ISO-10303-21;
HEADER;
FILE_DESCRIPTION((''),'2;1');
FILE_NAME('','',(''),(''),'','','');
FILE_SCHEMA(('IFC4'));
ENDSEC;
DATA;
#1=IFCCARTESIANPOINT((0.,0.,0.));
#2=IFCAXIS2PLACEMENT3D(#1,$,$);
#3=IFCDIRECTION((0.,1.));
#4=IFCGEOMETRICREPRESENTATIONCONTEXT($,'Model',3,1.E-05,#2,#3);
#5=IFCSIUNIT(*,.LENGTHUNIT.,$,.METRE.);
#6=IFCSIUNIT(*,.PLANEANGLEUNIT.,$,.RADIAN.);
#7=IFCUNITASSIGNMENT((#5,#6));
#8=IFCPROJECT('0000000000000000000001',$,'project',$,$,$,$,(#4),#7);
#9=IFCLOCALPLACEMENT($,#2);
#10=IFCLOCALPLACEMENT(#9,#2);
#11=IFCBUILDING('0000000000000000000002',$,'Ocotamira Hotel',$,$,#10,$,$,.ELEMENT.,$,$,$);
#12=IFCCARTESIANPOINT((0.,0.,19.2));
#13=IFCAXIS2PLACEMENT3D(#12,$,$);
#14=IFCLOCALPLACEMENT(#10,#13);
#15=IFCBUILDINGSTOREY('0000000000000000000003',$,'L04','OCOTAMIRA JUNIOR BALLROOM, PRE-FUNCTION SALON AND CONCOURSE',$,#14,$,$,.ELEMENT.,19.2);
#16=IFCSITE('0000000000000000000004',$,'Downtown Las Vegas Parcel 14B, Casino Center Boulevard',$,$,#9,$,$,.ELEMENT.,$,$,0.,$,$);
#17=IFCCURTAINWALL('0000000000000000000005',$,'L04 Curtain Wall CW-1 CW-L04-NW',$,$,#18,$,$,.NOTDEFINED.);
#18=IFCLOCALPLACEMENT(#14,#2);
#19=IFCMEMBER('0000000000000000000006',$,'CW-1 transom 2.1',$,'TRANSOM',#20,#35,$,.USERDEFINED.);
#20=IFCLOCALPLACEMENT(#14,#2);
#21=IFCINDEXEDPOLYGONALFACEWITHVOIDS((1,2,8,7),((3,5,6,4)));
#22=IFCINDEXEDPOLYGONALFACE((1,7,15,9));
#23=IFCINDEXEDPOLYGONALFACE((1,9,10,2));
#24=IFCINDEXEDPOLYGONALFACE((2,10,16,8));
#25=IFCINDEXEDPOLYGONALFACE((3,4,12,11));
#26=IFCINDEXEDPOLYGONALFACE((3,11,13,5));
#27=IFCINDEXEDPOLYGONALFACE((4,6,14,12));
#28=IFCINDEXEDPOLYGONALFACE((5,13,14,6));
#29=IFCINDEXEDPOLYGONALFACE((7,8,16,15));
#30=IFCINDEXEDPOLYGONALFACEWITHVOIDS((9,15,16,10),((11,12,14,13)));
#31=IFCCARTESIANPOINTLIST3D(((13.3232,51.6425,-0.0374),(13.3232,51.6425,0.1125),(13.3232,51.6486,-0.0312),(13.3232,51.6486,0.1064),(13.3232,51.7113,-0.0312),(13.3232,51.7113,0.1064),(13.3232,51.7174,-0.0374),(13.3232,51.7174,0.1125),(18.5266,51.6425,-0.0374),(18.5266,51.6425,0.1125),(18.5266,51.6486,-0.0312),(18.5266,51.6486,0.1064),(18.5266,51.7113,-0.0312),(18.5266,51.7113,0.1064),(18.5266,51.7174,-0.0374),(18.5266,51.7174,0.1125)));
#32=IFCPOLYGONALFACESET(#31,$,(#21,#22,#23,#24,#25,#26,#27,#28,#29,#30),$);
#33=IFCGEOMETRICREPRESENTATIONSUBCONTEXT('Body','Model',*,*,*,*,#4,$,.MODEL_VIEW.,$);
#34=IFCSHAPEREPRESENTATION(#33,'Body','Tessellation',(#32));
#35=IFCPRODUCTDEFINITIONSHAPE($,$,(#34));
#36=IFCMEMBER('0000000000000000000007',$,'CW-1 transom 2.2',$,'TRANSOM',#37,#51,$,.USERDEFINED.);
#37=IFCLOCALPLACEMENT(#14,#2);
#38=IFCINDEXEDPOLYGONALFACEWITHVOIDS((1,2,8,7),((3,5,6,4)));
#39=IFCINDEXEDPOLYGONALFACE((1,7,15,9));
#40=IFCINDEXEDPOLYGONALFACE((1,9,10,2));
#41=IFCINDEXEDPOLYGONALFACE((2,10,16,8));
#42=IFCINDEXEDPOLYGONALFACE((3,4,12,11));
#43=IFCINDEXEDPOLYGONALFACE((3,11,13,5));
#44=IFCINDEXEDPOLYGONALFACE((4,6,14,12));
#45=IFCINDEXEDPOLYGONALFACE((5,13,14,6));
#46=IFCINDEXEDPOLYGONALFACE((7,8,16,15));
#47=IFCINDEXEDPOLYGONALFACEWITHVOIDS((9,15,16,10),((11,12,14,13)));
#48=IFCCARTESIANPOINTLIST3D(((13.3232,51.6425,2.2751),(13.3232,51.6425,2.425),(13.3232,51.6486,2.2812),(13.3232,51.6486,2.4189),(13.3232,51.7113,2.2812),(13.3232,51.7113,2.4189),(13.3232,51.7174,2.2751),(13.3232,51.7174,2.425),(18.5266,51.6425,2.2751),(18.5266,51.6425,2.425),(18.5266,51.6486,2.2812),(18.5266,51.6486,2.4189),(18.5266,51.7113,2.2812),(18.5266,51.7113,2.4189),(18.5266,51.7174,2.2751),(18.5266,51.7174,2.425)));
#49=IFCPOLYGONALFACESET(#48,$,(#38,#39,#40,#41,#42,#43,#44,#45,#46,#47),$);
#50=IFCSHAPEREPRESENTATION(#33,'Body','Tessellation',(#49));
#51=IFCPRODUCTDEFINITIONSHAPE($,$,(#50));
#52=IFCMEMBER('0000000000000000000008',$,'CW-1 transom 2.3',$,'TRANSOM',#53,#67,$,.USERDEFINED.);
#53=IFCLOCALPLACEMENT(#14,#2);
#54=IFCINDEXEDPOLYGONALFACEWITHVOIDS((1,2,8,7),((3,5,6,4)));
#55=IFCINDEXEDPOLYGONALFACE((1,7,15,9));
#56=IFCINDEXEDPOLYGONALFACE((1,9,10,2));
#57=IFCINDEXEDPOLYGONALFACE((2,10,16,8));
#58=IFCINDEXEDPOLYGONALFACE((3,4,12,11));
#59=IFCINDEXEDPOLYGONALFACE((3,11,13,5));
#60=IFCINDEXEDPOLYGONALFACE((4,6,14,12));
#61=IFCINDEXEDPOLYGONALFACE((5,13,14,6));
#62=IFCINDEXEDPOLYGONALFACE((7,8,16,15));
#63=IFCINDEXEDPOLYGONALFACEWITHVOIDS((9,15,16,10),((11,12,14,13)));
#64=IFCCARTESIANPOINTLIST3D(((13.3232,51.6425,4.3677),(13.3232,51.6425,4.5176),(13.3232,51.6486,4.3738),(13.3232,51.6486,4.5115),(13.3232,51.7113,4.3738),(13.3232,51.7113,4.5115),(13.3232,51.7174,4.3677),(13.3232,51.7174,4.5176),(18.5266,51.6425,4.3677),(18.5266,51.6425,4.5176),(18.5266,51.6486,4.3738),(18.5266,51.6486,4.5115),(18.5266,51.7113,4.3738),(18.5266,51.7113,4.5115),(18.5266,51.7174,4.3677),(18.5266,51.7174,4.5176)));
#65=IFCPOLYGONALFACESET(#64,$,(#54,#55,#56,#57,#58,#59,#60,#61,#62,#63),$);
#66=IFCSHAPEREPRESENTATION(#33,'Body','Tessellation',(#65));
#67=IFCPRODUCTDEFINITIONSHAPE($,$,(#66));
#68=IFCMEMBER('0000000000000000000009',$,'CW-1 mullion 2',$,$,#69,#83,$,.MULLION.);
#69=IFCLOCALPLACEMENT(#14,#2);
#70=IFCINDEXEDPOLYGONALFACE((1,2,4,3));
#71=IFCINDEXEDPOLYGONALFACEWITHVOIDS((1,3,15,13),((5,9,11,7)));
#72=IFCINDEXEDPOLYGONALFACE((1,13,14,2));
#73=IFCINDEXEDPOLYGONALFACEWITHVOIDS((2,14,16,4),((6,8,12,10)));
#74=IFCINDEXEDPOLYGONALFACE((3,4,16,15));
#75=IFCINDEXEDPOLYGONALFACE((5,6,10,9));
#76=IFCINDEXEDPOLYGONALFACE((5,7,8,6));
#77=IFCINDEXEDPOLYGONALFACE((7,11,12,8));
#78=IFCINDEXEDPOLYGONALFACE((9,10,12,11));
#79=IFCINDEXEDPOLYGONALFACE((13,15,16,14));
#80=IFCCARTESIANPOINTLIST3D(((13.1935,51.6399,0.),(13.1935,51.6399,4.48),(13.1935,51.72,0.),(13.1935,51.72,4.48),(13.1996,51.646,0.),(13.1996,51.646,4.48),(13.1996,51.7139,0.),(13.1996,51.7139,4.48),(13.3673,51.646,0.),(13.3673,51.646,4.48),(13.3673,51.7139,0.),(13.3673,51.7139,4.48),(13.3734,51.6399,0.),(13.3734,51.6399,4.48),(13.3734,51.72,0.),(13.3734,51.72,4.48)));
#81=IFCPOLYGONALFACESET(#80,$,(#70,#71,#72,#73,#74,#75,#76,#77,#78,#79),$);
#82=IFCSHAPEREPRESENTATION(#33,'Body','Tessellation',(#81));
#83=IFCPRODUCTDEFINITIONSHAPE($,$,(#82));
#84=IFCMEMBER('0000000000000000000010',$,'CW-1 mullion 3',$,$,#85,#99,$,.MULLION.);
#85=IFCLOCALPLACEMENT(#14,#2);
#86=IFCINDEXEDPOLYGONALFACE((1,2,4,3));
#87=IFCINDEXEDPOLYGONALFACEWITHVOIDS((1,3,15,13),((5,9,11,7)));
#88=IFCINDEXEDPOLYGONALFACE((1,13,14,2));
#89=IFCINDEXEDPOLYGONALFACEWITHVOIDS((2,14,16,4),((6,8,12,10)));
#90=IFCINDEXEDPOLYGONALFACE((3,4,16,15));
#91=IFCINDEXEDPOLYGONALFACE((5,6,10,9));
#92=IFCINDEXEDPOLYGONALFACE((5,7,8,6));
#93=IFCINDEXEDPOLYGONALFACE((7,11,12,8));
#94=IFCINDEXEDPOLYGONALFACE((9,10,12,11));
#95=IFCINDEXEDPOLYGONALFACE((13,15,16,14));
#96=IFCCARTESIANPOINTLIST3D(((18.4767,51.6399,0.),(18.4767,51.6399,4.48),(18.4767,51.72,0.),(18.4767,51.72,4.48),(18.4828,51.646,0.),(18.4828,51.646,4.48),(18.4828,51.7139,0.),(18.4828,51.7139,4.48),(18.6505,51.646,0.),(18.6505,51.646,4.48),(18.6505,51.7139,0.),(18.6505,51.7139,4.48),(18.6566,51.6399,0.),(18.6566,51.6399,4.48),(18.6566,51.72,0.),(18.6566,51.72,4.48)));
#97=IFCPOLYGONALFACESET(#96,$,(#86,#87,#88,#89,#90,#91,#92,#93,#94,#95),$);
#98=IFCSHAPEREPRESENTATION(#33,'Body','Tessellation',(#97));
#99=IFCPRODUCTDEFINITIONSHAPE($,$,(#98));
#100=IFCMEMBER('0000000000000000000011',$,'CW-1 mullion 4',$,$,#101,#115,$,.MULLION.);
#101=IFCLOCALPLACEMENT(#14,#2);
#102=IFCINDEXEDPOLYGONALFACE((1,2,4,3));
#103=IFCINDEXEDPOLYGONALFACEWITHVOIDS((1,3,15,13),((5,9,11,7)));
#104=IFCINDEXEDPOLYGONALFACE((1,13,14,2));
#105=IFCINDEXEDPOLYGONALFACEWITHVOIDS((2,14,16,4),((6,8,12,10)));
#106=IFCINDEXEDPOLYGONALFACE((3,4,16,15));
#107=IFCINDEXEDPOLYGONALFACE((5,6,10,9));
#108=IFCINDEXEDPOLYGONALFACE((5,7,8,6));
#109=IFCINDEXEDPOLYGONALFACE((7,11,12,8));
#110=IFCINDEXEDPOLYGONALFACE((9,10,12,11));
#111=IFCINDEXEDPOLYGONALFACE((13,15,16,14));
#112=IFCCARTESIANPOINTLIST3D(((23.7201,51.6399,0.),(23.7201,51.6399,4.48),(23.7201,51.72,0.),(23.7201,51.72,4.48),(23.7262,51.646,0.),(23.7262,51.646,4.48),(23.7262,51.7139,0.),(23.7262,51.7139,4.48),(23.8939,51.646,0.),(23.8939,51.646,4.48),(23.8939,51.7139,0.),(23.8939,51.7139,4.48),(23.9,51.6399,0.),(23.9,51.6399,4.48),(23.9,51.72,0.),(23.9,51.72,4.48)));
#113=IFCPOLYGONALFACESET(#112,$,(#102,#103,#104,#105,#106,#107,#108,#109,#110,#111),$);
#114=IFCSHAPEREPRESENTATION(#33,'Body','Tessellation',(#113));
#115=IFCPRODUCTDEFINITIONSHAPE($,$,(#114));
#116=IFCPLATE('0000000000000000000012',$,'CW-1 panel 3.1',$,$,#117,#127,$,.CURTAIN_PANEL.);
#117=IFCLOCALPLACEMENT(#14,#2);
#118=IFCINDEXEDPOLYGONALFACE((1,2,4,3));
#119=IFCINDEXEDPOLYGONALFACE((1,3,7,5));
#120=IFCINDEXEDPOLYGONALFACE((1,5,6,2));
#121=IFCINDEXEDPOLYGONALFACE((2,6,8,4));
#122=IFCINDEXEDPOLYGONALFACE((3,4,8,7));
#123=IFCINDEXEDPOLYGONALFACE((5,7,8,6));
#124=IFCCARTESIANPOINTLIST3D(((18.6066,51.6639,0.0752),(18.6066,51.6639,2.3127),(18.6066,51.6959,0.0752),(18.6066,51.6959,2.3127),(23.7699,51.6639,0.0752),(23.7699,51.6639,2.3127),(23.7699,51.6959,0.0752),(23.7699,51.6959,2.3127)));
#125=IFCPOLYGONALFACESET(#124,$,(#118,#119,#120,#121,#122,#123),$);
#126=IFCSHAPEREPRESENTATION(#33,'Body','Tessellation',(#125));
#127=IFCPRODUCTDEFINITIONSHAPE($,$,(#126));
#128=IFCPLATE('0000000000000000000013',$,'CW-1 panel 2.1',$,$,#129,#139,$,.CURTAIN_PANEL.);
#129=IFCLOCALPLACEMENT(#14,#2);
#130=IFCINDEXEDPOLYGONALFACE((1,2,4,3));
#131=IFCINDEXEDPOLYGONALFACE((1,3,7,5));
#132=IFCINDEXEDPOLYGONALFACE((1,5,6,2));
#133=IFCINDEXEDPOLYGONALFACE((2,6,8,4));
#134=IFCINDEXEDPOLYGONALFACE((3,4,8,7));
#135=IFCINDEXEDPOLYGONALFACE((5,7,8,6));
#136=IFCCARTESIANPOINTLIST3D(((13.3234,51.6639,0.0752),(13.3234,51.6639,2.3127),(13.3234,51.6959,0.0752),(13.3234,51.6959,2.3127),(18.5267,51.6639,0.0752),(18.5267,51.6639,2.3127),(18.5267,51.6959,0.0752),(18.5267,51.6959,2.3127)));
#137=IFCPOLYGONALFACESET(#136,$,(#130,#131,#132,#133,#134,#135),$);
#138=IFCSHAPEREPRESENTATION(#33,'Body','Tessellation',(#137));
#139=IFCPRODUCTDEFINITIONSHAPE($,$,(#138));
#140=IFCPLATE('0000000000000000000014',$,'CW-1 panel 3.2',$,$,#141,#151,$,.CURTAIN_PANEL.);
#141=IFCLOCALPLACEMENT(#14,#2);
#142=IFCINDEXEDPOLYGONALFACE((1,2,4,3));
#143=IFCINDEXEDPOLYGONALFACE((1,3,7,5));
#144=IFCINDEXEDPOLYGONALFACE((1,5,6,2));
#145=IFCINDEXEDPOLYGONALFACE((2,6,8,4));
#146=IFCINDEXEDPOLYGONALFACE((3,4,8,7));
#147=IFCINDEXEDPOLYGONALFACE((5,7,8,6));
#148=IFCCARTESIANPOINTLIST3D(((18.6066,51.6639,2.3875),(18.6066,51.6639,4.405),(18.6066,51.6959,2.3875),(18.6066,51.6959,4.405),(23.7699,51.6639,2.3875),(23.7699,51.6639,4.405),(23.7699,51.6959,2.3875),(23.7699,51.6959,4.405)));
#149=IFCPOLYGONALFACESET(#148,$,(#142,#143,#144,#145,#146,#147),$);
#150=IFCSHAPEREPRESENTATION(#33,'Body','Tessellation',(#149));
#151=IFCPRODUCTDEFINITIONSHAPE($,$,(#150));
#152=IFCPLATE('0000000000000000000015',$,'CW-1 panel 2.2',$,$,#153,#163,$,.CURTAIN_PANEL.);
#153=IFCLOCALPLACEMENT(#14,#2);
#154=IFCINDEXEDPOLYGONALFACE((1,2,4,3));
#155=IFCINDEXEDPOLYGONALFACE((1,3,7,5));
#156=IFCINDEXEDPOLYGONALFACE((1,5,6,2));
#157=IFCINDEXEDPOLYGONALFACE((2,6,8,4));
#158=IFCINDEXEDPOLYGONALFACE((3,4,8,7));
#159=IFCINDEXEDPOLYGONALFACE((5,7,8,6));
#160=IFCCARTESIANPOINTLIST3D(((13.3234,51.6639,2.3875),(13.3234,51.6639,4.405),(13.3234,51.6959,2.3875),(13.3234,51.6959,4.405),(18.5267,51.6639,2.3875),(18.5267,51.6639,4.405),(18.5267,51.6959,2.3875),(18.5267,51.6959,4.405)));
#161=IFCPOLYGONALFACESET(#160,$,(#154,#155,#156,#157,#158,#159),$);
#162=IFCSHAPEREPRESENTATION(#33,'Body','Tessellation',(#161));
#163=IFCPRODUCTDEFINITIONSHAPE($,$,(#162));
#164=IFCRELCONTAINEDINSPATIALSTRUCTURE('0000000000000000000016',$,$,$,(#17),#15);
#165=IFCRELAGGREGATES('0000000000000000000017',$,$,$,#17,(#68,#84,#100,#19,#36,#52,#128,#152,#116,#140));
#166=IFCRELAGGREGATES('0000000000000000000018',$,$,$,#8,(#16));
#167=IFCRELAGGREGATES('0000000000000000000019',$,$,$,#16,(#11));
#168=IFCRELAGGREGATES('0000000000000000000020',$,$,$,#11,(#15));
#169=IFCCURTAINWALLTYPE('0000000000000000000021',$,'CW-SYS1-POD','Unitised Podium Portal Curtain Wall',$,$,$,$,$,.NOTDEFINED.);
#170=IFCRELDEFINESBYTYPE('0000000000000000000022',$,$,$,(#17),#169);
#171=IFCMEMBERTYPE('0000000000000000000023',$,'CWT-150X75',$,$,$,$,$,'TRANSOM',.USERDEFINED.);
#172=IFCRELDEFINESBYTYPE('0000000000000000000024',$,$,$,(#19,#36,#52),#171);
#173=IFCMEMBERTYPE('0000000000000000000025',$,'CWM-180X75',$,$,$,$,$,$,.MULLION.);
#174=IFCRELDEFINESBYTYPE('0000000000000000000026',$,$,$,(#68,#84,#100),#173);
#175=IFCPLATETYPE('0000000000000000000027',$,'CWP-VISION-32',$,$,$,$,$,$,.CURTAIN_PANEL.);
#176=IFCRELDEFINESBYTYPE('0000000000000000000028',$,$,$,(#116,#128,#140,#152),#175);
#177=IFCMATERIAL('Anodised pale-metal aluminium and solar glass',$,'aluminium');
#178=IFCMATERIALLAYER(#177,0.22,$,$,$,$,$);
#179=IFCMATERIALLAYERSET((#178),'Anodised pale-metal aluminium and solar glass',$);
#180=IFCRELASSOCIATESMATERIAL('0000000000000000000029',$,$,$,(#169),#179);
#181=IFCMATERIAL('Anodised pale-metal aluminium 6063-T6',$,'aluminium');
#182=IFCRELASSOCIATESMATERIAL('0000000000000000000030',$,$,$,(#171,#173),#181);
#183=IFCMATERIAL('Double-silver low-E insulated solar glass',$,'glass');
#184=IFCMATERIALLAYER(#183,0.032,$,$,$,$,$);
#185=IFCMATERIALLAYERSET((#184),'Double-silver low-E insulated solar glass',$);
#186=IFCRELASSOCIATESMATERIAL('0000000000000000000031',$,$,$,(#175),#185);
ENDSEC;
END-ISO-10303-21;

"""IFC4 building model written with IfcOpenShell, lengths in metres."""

from ifc_helpers import new_model, si_unit, direction, frame, origin, origin_2d, place, context, subcontext, project, spatial, rectangle, hollow_rectangle, extrude, source, transform, mapped, material, layer, layer_set, material_profile, profile_set, type_object, element, aggregate, save


model = new_model("IFC4")

# Units and contexts
model_context = context("Model", 3, precision=1e-05, world=origin(), true_north=direction((0.0, 1.0)))
body_context = subcontext(model_context, "Body", "Model", "MODEL_VIEW")
ifc_project = project(units=[si_unit("LENGTHUNIT", "METRE"), si_unit("PLANEANGLEUNIT", "RADIAN")], contexts=[model_context])

# Site, building, storey
site_placement = place(None, origin())
site = spatial("IfcSite", under=ifc_project, at=site_placement, Name="Downtown Las Vegas Parcel 14B, Casino Center Boulevard", CompositionType="ELEMENT", RefElevation=0.0)
building_placement = place(site_placement, origin())
building = spatial("IfcBuilding", under=site, at=building_placement, Name="Ocotamira Hotel", CompositionType="ELEMENT")
storey_placement = place(building_placement, frame((0.0, 0.0, 19.2)))
storey = spatial("IfcBuildingStorey", under=building, at=storey_placement, Name="L04", Description="OCOTAMIRA JUNIOR BALLROOM, PRE-FUNCTION SALON AND CONCOURSE", CompositionType="ELEMENT", Elevation=19.2)

# Curtain wall, members, plates
ifc_material_1 = material(Name="Anodised pale-metal aluminium and solar glass", Category="aluminium")
ifc_layer_1 = layer(ifc_material_1, 0.22)
ifc_layer_set_1 = layer_set([ifc_layer_1], Name="Anodised pale-metal aluminium and solar glass")
curtain_wall_type = type_object("IfcCurtainWallType", Name="CW-SYS1-POD", Description="Unitised Podium Portal Curtain Wall", PredefinedType="NOTDEFINED", material=ifc_layer_set_1)
curtain_wall_placement = place(storey_placement, origin())
curtain_wall = element("IfcCurtainWall", 1, at=curtain_wall_placement, inside=storey, type_object=curtain_wall_type, Name="L04 Curtain Wall CW-1 CW-L04-NW", PredefinedType="NOTDEFINED")
ifc_material_2 = material(Name="Anodised pale-metal aluminium 6063-T6", Category="aluminium")
ifc_material_profile_1 = material_profile(ifc_material_2, hollow_rectangle(XDim=0.075, YDim=0.1499, WallThickness=0.0061, at=origin_2d()), Name="HSS150X75X6")
ifc_profile_set_1 = profile_set([ifc_material_profile_1], Name="Anodised pale-metal aluminium 6063-T6")
member_type_1 = type_object("IfcMemberType", Name="CWT-150X75", ElementType="TRANSOM", PredefinedType="USERDEFINED", material=ifc_profile_set_1)
shared_shape_1 = source(origin(), body_context, "Body", "SweptSolid", [
    extrude(hollow_rectangle(XDim=0.075, YDim=0.1499, WallThickness=0.0061, at=origin_2d()), origin(), (0.0, 0.0, 1.0), 5.2034),
])
member_1_placement = place(storey_placement, frame((13.3232, 51.6799, 0.0376), z_axis=(1.0, 0.0, 0.0), x_axis=(0.0, 1.0, 0.0)))
member_1 = element("IfcMember", 2, at=member_1_placement, type_object=member_type_1, Name="CW-1 transom 2.1", ObjectType="TRANSOM", PredefinedType="USERDEFINED", context=body_context, shape_type="MappedRepresentation", body=[
    mapped(shared_shape_1, transform((0.0, 0.0, 0.0), scale=1.0)),
])
member_2_placement = place(storey_placement, frame((13.3232, 51.6799, 2.3501), z_axis=(1.0, 0.0, 0.0), x_axis=(0.0, 1.0, 0.0)))
member_2 = element("IfcMember", 3, at=member_2_placement, type_object=member_type_1, Name="CW-1 transom 2.2", ObjectType="TRANSOM", PredefinedType="USERDEFINED", context=body_context, shape_type="MappedRepresentation", body=[
    mapped(shared_shape_1, transform((0.0, 0.0, 0.0), scale=1.0)),
])
member_3_placement = place(storey_placement, frame((13.3232, 51.6799, 4.4426), z_axis=(1.0, 0.0, 0.0), x_axis=(0.0, 1.0, 0.0)))
member_3 = element("IfcMember", 4, at=member_3_placement, type_object=member_type_1, Name="CW-1 transom 2.3", ObjectType="TRANSOM", PredefinedType="USERDEFINED", context=body_context, shape_type="MappedRepresentation", body=[
    mapped(shared_shape_1, transform((0.0, 0.0, 0.0), scale=1.0)),
])
ifc_material_profile_2 = material_profile(ifc_material_2, hollow_rectangle(XDim=0.0801, YDim=0.1799, WallThickness=0.0061, at=origin_2d()), Name="HSS180X80X6")
ifc_profile_set_2 = profile_set([ifc_material_profile_2], Name="Anodised pale-metal aluminium 6063-T6")
member_type_2 = type_object("IfcMemberType", Name="CWM-180X75", PredefinedType="MULLION", material=ifc_profile_set_2)
shared_shape_2 = source(origin(), body_context, "Body", "SweptSolid", [
    extrude(hollow_rectangle(XDim=0.0801, YDim=0.1799, WallThickness=0.0061, at=origin_2d()), origin(), (0.0, 0.0, 1.0), 4.48),
])
member_4_placement = place(storey_placement, frame((13.2834, 51.6799, 0.0), z_axis=(0.0, 0.0, 1.0), x_axis=(0.0, 1.0, 0.0)))
member_4 = element("IfcMember", 5, at=member_4_placement, type_object=member_type_2, Name="CW-1 mullion 2", PredefinedType="MULLION", context=body_context, shape_type="MappedRepresentation", body=[
    mapped(shared_shape_2, transform((0.0, 0.0, 0.0), scale=1.0)),
])
member_5_placement = place(storey_placement, frame((18.5667, 51.6799, 0.0), z_axis=(0.0, 0.0, 1.0), x_axis=(0.0, 1.0, 0.0)))
member_5 = element("IfcMember", 6, at=member_5_placement, type_object=member_type_2, Name="CW-1 mullion 3", PredefinedType="MULLION", context=body_context, shape_type="MappedRepresentation", body=[
    mapped(shared_shape_2, transform((0.0, 0.0, 0.0), scale=1.0)),
])
member_6_placement = place(storey_placement, frame((23.8101, 51.6799, 0.0), z_axis=(0.0, 0.0, 1.0), x_axis=(0.0, 1.0, 0.0)))
member_6 = element("IfcMember", 7, at=member_6_placement, type_object=member_type_2, Name="CW-1 mullion 4", PredefinedType="MULLION", context=body_context, shape_type="MappedRepresentation", body=[
    mapped(shared_shape_2, transform((0.0, 0.0, 0.0), scale=1.0)),
])
ifc_material_3 = material(Name="Double-silver low-E insulated solar glass", Category="glass")
ifc_layer_2 = layer(ifc_material_3, 0.032)
ifc_layer_set_2 = layer_set([ifc_layer_2], Name="Double-silver low-E insulated solar glass")
plate_type = type_object("IfcPlateType", Name="CWP-VISION-32", PredefinedType="CURTAIN_PANEL", material=ifc_layer_set_2)
shared_shape_3 = source(origin(), body_context, "Body", "SweptSolid", [
    extrude(rectangle(XDim=5.1633, YDim=0.032, at=origin_2d()), origin(), (0.0, 0.0, 1.0), 2.2375),
])
plate_1_placement = place(storey_placement, frame((21.1882, 51.6799, 0.0752), z_axis=(0.0, 0.0, 1.0), x_axis=(1.0, 0.0, 0.0)))
plate_1 = element("IfcPlate", 8, at=plate_1_placement, type_object=plate_type, Name="CW-1 panel 3.1", PredefinedType="CURTAIN_PANEL", context=body_context, shape_type="MappedRepresentation", body=[
    mapped(shared_shape_3, transform((0.0, 0.0, 0.0), scale=1.0)),
])
shared_shape_4 = source(origin(), body_context, "Body", "SweptSolid", [
    extrude(rectangle(XDim=5.2034, YDim=0.032, at=origin_2d()), origin(), (0.0, 0.0, 1.0), 2.2375),
])
plate_2_placement = place(storey_placement, frame((15.925, 51.6799, 0.0752), z_axis=(0.0, 0.0, 1.0), x_axis=(1.0, 0.0, 0.0)))
plate_2 = element("IfcPlate", 9, at=plate_2_placement, type_object=plate_type, Name="CW-1 panel 2.1", PredefinedType="CURTAIN_PANEL", context=body_context, shape_type="MappedRepresentation", body=[
    mapped(shared_shape_4, transform((0.0, 0.0, 0.0), scale=1.0)),
])
shared_shape_5 = source(origin(), body_context, "Body", "SweptSolid", [
    extrude(rectangle(XDim=5.1633, YDim=0.032, at=origin_2d()), origin(), (0.0, 0.0, 1.0), 2.0176),
])
plate_3_placement = place(storey_placement, frame((21.1882, 51.6799, 2.3875), z_axis=(0.0, 0.0, 1.0), x_axis=(1.0, 0.0, 0.0)))
plate_3 = element("IfcPlate", 10, at=plate_3_placement, type_object=plate_type, Name="CW-1 panel 3.2", PredefinedType="CURTAIN_PANEL", context=body_context, shape_type="MappedRepresentation", body=[
    mapped(shared_shape_5, transform((0.0, 0.0, 0.0), scale=1.0)),
])
shared_shape_6 = source(origin(), body_context, "Body", "SweptSolid", [
    extrude(rectangle(XDim=5.2034, YDim=0.032, at=origin_2d()), origin(), (0.0, 0.0, 1.0), 2.0176),
])
plate_4_placement = place(storey_placement, frame((15.925, 51.6799, 2.3875), z_axis=(0.0, 0.0, 1.0), x_axis=(1.0, 0.0, 0.0)))
plate_4 = element("IfcPlate", 11, at=plate_4_placement, type_object=plate_type, Name="CW-1 panel 2.2", PredefinedType="CURTAIN_PANEL", context=body_context, shape_type="MappedRepresentation", body=[
    mapped(shared_shape_6, transform((0.0, 0.0, 0.0), scale=1.0)),
])
aggregate(curtain_wall, [member_4, member_5, member_6, member_1, member_2, member_3, plate_2, plate_4, plate_1, plate_3])

save(model, "model.ifc")
